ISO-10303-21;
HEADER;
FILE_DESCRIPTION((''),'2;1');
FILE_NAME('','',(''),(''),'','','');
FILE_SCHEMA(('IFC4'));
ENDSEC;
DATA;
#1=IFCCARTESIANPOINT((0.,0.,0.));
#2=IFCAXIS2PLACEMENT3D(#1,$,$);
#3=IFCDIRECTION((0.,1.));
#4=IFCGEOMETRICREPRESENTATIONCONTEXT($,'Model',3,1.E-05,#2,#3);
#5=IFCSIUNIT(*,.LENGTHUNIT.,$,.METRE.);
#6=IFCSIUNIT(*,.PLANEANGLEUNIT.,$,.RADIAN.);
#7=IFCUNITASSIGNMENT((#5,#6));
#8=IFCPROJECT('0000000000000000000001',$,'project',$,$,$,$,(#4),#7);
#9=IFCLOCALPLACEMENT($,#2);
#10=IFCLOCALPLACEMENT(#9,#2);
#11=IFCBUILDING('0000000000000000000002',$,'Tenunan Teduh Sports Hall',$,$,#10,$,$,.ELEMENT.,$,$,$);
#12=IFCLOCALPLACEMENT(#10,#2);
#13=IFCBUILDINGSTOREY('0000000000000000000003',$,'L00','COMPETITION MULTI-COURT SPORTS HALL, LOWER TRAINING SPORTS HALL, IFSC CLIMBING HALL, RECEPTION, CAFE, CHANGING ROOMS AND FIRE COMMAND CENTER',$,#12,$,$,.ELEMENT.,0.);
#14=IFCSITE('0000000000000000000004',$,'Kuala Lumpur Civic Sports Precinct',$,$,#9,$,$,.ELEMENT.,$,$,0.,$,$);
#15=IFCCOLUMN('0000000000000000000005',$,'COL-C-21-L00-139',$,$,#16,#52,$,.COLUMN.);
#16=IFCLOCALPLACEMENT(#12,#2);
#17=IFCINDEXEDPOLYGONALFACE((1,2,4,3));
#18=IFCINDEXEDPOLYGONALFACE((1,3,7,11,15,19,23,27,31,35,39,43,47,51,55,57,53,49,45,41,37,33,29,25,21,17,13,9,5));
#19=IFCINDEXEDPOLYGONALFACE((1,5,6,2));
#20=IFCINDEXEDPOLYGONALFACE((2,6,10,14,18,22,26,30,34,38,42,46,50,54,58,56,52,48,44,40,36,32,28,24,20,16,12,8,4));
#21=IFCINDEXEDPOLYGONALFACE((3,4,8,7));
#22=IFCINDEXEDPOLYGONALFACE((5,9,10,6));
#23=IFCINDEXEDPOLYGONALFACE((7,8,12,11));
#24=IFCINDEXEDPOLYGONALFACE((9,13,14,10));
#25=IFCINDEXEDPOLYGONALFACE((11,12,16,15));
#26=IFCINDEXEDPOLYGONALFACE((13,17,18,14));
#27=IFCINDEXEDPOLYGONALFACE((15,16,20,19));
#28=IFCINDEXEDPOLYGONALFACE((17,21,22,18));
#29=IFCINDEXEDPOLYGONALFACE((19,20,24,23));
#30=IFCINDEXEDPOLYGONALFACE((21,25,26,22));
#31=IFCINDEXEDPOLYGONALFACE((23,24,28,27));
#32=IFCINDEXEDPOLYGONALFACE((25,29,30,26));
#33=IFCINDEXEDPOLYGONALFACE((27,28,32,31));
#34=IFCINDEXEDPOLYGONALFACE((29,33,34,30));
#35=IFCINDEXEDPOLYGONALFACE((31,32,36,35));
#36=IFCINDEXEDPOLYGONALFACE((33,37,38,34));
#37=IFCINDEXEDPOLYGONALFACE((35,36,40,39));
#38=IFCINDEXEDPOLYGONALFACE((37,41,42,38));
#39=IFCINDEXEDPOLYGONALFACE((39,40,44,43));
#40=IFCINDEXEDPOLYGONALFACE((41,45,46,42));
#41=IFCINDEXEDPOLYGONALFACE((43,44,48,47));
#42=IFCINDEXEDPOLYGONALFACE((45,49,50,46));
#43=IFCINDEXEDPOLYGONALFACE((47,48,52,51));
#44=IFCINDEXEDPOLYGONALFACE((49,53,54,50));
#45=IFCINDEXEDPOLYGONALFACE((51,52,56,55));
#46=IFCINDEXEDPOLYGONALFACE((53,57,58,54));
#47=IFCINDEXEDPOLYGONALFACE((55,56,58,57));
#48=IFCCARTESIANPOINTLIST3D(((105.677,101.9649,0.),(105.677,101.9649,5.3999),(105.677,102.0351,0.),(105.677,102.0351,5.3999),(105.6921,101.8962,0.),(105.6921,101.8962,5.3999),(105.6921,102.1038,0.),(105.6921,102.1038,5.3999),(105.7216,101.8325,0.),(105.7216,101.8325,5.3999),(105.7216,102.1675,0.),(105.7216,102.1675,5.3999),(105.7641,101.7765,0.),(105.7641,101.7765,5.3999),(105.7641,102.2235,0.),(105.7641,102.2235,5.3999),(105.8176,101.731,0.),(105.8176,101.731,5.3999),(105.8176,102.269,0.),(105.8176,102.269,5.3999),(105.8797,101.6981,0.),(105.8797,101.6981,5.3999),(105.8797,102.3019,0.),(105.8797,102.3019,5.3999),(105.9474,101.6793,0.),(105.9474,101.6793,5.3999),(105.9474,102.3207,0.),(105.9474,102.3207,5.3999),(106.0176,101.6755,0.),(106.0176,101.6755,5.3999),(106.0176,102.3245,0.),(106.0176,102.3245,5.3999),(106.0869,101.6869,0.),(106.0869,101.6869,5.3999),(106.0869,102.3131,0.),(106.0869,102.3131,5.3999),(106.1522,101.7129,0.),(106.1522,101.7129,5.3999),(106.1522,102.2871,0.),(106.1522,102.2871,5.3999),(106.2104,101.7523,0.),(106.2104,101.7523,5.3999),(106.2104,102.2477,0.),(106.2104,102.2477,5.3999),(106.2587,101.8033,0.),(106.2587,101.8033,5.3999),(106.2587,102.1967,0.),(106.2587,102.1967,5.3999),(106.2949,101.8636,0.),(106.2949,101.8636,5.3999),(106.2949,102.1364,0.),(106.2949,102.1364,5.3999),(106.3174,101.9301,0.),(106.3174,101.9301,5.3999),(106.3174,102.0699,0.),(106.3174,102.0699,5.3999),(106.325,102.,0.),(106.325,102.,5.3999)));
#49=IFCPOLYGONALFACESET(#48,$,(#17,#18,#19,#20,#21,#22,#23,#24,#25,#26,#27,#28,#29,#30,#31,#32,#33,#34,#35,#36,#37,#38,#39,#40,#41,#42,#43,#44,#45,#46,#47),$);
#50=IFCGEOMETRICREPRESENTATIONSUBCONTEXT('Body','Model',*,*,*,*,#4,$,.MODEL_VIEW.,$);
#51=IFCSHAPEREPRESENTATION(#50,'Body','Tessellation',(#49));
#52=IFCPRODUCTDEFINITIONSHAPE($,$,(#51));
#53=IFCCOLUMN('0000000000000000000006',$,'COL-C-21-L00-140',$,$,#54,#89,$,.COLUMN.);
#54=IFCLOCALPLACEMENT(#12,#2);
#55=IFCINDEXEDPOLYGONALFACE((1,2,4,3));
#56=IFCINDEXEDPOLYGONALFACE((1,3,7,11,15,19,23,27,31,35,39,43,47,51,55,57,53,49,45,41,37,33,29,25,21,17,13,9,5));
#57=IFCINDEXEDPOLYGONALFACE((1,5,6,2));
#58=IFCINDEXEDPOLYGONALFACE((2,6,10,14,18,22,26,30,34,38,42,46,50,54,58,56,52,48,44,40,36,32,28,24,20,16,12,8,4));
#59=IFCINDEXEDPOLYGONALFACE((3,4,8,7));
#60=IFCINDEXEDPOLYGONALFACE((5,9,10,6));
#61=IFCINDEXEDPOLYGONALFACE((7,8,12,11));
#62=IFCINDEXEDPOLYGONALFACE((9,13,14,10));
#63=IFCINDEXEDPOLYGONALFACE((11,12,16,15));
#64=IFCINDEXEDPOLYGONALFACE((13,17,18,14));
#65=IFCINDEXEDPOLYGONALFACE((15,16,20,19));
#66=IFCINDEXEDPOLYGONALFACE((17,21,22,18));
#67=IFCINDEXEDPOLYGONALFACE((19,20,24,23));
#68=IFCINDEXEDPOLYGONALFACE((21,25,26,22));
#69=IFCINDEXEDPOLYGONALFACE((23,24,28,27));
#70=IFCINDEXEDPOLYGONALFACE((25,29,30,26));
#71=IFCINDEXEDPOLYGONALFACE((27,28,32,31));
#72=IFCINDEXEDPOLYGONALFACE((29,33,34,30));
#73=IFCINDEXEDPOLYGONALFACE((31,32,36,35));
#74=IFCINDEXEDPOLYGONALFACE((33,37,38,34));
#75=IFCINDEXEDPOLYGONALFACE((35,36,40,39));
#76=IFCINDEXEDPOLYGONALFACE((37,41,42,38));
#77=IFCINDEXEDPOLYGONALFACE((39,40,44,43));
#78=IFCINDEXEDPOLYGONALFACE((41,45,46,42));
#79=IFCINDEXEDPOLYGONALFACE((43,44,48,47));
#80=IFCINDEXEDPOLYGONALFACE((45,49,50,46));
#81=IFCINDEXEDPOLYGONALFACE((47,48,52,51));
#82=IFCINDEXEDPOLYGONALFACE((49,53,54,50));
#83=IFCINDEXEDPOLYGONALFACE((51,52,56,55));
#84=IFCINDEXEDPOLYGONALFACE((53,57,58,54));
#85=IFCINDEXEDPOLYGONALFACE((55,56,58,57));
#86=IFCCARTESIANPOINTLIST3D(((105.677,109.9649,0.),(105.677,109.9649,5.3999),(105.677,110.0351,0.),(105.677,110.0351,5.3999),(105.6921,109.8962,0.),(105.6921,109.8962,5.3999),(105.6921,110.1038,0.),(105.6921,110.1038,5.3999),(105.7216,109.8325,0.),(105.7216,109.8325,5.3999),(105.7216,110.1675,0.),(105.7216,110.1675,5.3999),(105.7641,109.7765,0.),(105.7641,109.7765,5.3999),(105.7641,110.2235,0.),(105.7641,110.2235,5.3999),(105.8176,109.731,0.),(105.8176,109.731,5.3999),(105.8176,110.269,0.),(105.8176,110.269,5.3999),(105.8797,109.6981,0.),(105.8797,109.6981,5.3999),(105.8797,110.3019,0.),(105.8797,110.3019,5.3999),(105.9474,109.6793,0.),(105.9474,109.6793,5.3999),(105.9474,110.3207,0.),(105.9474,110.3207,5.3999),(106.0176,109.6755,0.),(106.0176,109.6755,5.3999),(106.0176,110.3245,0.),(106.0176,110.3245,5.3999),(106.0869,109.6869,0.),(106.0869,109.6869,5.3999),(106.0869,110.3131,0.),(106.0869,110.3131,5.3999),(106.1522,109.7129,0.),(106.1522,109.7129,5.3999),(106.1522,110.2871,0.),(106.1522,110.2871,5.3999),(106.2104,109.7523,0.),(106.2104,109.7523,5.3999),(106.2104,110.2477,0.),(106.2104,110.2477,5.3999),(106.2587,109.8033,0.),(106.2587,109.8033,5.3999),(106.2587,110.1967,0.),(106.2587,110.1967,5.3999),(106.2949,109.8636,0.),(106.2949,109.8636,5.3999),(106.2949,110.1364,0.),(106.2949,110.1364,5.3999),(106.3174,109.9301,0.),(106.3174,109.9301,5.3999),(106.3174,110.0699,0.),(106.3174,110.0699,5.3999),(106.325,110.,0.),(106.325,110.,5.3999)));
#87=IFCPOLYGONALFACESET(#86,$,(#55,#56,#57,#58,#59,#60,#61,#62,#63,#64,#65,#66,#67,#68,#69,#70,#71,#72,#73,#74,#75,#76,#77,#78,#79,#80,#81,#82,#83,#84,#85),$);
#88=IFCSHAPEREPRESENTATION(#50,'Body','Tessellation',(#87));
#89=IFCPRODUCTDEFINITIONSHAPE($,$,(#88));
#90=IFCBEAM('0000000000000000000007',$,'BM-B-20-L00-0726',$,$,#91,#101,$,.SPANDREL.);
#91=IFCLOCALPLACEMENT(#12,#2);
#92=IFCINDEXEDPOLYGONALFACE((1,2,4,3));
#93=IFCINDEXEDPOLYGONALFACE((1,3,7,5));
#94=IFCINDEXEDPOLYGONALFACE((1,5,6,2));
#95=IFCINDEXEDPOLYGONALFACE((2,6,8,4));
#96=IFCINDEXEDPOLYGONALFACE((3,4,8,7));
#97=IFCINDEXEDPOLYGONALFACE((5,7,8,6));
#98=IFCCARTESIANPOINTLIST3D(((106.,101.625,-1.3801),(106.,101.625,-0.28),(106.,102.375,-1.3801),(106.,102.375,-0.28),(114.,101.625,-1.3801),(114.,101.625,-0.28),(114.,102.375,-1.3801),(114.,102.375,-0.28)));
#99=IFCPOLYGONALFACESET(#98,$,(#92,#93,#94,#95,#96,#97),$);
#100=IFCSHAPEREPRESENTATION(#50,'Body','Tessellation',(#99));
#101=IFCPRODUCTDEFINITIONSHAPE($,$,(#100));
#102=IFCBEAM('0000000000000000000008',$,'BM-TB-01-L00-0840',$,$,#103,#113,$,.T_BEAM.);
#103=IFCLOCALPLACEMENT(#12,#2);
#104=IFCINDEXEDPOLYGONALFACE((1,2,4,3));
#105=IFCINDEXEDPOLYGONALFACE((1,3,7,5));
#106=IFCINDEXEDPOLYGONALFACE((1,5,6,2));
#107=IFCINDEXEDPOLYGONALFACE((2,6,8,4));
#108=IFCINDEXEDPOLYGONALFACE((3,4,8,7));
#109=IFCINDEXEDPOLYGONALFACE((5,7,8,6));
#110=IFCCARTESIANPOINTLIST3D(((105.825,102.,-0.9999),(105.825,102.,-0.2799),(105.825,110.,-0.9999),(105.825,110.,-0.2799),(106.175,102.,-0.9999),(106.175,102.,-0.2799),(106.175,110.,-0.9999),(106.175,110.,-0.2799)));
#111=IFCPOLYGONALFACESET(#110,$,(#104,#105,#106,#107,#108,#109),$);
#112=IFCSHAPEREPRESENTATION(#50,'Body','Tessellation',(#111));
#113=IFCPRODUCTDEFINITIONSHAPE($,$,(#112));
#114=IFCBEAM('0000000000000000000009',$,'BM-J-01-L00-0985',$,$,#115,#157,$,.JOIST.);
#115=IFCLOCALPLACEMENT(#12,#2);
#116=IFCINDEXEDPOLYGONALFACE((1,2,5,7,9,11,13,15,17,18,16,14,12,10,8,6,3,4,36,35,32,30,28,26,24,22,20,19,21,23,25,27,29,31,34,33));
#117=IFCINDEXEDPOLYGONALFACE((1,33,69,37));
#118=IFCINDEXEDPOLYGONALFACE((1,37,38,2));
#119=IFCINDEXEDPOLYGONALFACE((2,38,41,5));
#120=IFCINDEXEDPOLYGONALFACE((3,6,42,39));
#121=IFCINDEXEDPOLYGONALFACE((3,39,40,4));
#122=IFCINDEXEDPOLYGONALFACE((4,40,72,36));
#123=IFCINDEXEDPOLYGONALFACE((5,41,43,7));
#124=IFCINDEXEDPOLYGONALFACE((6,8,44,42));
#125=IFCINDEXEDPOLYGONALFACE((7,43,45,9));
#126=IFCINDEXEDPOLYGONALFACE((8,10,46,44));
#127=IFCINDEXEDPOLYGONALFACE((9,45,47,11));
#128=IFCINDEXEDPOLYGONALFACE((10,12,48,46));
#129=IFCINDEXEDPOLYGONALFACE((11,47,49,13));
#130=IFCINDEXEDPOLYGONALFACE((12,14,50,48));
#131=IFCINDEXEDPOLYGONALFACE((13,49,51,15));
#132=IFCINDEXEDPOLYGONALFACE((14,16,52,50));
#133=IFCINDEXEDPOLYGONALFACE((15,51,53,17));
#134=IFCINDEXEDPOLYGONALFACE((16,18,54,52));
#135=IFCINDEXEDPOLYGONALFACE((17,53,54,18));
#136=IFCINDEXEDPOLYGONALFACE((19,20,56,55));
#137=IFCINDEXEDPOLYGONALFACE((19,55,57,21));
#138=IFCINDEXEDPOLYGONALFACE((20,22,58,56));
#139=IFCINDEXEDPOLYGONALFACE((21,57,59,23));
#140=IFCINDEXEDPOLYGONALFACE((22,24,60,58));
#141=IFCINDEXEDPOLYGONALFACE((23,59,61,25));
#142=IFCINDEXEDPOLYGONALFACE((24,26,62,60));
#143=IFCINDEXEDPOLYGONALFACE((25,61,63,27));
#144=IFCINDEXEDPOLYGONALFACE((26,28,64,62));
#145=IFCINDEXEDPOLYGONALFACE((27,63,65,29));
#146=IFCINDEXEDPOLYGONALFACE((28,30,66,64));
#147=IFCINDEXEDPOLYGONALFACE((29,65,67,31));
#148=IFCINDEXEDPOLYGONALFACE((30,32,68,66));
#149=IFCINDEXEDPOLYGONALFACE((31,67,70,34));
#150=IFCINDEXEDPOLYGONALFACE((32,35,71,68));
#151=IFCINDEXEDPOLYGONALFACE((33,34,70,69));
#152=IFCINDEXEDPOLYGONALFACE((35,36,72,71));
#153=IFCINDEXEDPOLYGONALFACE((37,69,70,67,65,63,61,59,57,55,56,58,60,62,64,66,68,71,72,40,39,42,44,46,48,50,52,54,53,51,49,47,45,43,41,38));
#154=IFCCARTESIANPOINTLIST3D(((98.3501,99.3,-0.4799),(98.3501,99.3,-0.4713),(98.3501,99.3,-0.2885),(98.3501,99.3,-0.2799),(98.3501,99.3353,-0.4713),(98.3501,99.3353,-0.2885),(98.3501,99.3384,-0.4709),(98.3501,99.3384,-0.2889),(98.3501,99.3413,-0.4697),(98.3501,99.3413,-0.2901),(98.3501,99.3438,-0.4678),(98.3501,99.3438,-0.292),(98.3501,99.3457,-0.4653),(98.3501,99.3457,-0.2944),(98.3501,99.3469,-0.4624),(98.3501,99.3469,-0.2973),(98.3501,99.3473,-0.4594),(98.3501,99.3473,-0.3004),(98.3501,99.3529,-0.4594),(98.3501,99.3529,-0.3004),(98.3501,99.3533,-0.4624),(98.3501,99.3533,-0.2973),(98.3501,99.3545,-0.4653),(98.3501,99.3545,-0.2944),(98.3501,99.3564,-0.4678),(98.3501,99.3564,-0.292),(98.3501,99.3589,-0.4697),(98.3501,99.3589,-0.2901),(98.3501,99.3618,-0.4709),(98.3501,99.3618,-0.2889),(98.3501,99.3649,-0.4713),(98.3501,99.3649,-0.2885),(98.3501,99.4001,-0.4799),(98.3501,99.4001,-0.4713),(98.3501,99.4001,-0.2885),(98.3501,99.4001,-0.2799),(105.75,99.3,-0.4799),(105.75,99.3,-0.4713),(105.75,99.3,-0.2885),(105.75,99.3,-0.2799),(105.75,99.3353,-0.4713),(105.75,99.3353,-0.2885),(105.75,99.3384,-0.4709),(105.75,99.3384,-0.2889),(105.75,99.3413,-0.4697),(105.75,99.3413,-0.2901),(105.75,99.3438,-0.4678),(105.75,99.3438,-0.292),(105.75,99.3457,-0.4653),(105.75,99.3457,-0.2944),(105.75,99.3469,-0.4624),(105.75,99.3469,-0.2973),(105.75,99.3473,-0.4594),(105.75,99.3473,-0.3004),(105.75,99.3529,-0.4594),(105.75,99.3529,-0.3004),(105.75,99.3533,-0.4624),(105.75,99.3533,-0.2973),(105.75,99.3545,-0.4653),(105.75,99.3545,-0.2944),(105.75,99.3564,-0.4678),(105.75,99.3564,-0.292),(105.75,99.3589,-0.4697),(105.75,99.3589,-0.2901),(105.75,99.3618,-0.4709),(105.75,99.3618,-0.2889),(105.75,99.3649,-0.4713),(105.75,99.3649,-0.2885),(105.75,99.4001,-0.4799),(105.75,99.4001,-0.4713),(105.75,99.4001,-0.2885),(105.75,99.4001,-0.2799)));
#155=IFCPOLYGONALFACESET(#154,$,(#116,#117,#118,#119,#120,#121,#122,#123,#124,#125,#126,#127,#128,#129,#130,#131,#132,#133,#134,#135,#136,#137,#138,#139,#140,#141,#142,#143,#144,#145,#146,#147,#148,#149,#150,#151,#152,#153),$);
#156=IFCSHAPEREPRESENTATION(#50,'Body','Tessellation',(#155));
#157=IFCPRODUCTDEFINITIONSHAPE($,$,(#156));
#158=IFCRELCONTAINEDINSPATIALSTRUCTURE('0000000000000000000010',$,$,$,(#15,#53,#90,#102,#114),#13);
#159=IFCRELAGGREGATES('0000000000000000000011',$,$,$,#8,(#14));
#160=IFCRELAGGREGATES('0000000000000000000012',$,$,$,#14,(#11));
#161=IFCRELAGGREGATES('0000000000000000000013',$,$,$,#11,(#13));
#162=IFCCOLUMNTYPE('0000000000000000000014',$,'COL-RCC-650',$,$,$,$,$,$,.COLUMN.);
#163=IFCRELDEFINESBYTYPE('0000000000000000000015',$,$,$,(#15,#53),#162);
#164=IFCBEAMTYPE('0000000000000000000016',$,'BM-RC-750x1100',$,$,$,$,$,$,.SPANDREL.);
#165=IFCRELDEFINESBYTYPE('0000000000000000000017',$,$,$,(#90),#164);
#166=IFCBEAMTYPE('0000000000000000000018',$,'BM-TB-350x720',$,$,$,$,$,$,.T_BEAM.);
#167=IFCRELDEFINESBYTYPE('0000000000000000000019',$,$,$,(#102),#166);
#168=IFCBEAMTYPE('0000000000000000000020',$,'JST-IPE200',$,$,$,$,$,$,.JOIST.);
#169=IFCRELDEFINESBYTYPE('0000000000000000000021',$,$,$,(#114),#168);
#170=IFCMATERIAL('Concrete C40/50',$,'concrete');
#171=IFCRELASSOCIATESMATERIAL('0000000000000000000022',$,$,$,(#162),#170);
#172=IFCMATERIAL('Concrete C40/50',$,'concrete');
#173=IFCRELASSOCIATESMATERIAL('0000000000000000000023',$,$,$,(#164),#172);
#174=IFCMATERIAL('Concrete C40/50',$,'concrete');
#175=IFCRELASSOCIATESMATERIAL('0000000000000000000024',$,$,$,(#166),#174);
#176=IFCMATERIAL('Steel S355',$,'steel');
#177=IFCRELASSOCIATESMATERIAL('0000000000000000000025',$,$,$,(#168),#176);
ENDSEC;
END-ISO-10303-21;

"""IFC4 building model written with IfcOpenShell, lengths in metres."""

from ifc_helpers import new_model, si_unit, direction, frame, origin, origin_2d, place, context, subcontext, project, spatial, rectangle, circle, i_section, extrude, material, material_profile, profile_set, type_object, element, save


model = new_model("IFC4")

# Units and contexts
model_context = context("Model", 3, precision=1e-05, world=origin(), true_north=direction((0.0, 1.0)))
body_context = subcontext(model_context, "Body", "Model", "MODEL_VIEW")
ifc_project = project(units=[si_unit("LENGTHUNIT", "METRE"), si_unit("PLANEANGLEUNIT", "RADIAN")], contexts=[model_context])

# Site, building, storey
site_placement = place(None, origin())
site = spatial("IfcSite", under=ifc_project, at=site_placement, Name="Kuala Lumpur Civic Sports Precinct", CompositionType="ELEMENT", RefElevation=0.0)
building_placement = place(site_placement, origin())
building = spatial("IfcBuilding", under=site, at=building_placement, Name="Tenunan Teduh Sports Hall", CompositionType="ELEMENT")
storey_placement = place(building_placement, origin())
storey = spatial("IfcBuildingStorey", under=building, at=storey_placement, Name="L00", Description="COMPETITION MULTI-COURT SPORTS HALL, LOWER TRAINING SPORTS HALL, IFSC CLIMBING HALL, RECEPTION, CAFE, CHANGING ROOMS AND FIRE COMMAND CENTER", CompositionType="ELEMENT", Elevation=0.0)

# Columns
ifc_material_1 = material(Name="Concrete C40/50", Category="concrete")
ifc_material_profile_1 = material_profile(ifc_material_1, circle(Radius=0.325, at=origin_2d()), Name="RCC D650")
ifc_profile_set_1 = profile_set([ifc_material_profile_1], Name="Concrete C40/50")
column_type = type_object("IfcColumnType", Name="COL-RCC-650", PredefinedType="COLUMN", material=ifc_profile_set_1)
for number, where, z_axis, x_axis, name in (
    (1, (106.0, 102.0, 0.0), (0.0, 0.0, 1.0), (1.0, 0.0, 0.0), "COL-C-21-L00-139"),
    (2, (106.0, 110.0, 0.0), (0.0, 0.0, 1.0), (1.0, 0.0, 0.0), "COL-C-21-L00-140"),
):
    element("IfcColumn", number, at=place(storey_placement, frame(where, z_axis=z_axis, x_axis=x_axis)), inside=storey, type_object=column_type, Name=name, PredefinedType="COLUMN", context=body_context, shape_type="SweptSolid", body=[
        extrude(circle(Radius=0.325, at=origin_2d()), origin(), (0.0, 0.0, 1.0), 5.3999),
    ])

# Beams
ifc_material_2 = material(Name="Concrete C40/50", Category="concrete")
ifc_material_profile_2 = material_profile(ifc_material_2, rectangle(XDim=0.75, YDim=1.1001, at=origin_2d()), Name="RCB 750x1100")
ifc_profile_set_2 = profile_set([ifc_material_profile_2], Name="Concrete C40/50")
beam_type_1 = type_object("IfcBeamType", Name="BM-RC-750x1100", PredefinedType="SPANDREL", material=ifc_profile_set_2)
beam_1_placement = place(storey_placement, frame((106.0, 102.0, -0.8301), z_axis=(1.0, 0.0, 0.0), x_axis=(0.0, 1.0, 0.0)))
element("IfcBeam", 3, at=beam_1_placement, inside=storey, type_object=beam_type_1, Name="BM-B-20-L00-0726", PredefinedType="SPANDREL", context=body_context, shape_type="SweptSolid", body=[
    extrude(rectangle(XDim=0.75, YDim=1.1001, at=origin_2d()), origin(), (0.0, 0.0, 1.0), 8.0),
])
ifc_material_3 = material(Name="Concrete C40/50", Category="concrete")
ifc_material_profile_3 = material_profile(ifc_material_3, rectangle(XDim=0.3501, YDim=0.72, at=origin_2d()), Name="TB 350x720")
ifc_profile_set_3 = profile_set([ifc_material_profile_3], Name="Concrete C40/50")
beam_type_2 = type_object("IfcBeamType", Name="BM-TB-350x720", PredefinedType="T_BEAM", material=ifc_profile_set_3)
beam_2_placement = place(storey_placement, frame((106.0, 102.0, -0.6399), z_axis=(0.0, 1.0, 0.0), x_axis=(-1.0, 0.0, 0.0)))
element("IfcBeam", 4, at=beam_2_placement, inside=storey, type_object=beam_type_2, Name="BM-TB-01-L00-0840", PredefinedType="T_BEAM", context=body_context, shape_type="SweptSolid", body=[
    extrude(rectangle(XDim=0.3501, YDim=0.72, at=origin_2d()), origin(), (0.0, 0.0, 1.0), 8.0),
])
ifc_material_4 = material(Name="Steel S355", Category="steel")
ifc_material_profile_4 = material_profile(ifc_material_4, i_section(OverallWidth=0.1001, OverallDepth=0.2, WebThickness=0.0056, FlangeThickness=0.0085, FilletRadius=0.012, at=origin_2d()), Name="IPE 200")
ifc_profile_set_4 = profile_set([ifc_material_profile_4], Name="Steel S355")
beam_type_3 = type_object("IfcBeamType", Name="JST-IPE200", PredefinedType="JOIST", material=ifc_profile_set_4)
beam_3_placement = place(storey_placement, frame((98.3501, 99.3501, -0.3799), z_axis=(1.0, 0.0, 0.0), x_axis=(0.0, 1.0, 0.0)))
element("IfcBeam", 5, at=beam_3_placement, inside=storey, type_object=beam_type_3, Name="BM-J-01-L00-0985", PredefinedType="JOIST", context=body_context, shape_type="SweptSolid", body=[
    extrude(i_section(OverallWidth=0.1001, OverallDepth=0.2, WebThickness=0.0056, FlangeThickness=0.0085, FilletRadius=0.012, at=origin_2d()), origin(), (0.0, 0.0, 1.0), 7.3999),
])

save(model, "model.ifc")
